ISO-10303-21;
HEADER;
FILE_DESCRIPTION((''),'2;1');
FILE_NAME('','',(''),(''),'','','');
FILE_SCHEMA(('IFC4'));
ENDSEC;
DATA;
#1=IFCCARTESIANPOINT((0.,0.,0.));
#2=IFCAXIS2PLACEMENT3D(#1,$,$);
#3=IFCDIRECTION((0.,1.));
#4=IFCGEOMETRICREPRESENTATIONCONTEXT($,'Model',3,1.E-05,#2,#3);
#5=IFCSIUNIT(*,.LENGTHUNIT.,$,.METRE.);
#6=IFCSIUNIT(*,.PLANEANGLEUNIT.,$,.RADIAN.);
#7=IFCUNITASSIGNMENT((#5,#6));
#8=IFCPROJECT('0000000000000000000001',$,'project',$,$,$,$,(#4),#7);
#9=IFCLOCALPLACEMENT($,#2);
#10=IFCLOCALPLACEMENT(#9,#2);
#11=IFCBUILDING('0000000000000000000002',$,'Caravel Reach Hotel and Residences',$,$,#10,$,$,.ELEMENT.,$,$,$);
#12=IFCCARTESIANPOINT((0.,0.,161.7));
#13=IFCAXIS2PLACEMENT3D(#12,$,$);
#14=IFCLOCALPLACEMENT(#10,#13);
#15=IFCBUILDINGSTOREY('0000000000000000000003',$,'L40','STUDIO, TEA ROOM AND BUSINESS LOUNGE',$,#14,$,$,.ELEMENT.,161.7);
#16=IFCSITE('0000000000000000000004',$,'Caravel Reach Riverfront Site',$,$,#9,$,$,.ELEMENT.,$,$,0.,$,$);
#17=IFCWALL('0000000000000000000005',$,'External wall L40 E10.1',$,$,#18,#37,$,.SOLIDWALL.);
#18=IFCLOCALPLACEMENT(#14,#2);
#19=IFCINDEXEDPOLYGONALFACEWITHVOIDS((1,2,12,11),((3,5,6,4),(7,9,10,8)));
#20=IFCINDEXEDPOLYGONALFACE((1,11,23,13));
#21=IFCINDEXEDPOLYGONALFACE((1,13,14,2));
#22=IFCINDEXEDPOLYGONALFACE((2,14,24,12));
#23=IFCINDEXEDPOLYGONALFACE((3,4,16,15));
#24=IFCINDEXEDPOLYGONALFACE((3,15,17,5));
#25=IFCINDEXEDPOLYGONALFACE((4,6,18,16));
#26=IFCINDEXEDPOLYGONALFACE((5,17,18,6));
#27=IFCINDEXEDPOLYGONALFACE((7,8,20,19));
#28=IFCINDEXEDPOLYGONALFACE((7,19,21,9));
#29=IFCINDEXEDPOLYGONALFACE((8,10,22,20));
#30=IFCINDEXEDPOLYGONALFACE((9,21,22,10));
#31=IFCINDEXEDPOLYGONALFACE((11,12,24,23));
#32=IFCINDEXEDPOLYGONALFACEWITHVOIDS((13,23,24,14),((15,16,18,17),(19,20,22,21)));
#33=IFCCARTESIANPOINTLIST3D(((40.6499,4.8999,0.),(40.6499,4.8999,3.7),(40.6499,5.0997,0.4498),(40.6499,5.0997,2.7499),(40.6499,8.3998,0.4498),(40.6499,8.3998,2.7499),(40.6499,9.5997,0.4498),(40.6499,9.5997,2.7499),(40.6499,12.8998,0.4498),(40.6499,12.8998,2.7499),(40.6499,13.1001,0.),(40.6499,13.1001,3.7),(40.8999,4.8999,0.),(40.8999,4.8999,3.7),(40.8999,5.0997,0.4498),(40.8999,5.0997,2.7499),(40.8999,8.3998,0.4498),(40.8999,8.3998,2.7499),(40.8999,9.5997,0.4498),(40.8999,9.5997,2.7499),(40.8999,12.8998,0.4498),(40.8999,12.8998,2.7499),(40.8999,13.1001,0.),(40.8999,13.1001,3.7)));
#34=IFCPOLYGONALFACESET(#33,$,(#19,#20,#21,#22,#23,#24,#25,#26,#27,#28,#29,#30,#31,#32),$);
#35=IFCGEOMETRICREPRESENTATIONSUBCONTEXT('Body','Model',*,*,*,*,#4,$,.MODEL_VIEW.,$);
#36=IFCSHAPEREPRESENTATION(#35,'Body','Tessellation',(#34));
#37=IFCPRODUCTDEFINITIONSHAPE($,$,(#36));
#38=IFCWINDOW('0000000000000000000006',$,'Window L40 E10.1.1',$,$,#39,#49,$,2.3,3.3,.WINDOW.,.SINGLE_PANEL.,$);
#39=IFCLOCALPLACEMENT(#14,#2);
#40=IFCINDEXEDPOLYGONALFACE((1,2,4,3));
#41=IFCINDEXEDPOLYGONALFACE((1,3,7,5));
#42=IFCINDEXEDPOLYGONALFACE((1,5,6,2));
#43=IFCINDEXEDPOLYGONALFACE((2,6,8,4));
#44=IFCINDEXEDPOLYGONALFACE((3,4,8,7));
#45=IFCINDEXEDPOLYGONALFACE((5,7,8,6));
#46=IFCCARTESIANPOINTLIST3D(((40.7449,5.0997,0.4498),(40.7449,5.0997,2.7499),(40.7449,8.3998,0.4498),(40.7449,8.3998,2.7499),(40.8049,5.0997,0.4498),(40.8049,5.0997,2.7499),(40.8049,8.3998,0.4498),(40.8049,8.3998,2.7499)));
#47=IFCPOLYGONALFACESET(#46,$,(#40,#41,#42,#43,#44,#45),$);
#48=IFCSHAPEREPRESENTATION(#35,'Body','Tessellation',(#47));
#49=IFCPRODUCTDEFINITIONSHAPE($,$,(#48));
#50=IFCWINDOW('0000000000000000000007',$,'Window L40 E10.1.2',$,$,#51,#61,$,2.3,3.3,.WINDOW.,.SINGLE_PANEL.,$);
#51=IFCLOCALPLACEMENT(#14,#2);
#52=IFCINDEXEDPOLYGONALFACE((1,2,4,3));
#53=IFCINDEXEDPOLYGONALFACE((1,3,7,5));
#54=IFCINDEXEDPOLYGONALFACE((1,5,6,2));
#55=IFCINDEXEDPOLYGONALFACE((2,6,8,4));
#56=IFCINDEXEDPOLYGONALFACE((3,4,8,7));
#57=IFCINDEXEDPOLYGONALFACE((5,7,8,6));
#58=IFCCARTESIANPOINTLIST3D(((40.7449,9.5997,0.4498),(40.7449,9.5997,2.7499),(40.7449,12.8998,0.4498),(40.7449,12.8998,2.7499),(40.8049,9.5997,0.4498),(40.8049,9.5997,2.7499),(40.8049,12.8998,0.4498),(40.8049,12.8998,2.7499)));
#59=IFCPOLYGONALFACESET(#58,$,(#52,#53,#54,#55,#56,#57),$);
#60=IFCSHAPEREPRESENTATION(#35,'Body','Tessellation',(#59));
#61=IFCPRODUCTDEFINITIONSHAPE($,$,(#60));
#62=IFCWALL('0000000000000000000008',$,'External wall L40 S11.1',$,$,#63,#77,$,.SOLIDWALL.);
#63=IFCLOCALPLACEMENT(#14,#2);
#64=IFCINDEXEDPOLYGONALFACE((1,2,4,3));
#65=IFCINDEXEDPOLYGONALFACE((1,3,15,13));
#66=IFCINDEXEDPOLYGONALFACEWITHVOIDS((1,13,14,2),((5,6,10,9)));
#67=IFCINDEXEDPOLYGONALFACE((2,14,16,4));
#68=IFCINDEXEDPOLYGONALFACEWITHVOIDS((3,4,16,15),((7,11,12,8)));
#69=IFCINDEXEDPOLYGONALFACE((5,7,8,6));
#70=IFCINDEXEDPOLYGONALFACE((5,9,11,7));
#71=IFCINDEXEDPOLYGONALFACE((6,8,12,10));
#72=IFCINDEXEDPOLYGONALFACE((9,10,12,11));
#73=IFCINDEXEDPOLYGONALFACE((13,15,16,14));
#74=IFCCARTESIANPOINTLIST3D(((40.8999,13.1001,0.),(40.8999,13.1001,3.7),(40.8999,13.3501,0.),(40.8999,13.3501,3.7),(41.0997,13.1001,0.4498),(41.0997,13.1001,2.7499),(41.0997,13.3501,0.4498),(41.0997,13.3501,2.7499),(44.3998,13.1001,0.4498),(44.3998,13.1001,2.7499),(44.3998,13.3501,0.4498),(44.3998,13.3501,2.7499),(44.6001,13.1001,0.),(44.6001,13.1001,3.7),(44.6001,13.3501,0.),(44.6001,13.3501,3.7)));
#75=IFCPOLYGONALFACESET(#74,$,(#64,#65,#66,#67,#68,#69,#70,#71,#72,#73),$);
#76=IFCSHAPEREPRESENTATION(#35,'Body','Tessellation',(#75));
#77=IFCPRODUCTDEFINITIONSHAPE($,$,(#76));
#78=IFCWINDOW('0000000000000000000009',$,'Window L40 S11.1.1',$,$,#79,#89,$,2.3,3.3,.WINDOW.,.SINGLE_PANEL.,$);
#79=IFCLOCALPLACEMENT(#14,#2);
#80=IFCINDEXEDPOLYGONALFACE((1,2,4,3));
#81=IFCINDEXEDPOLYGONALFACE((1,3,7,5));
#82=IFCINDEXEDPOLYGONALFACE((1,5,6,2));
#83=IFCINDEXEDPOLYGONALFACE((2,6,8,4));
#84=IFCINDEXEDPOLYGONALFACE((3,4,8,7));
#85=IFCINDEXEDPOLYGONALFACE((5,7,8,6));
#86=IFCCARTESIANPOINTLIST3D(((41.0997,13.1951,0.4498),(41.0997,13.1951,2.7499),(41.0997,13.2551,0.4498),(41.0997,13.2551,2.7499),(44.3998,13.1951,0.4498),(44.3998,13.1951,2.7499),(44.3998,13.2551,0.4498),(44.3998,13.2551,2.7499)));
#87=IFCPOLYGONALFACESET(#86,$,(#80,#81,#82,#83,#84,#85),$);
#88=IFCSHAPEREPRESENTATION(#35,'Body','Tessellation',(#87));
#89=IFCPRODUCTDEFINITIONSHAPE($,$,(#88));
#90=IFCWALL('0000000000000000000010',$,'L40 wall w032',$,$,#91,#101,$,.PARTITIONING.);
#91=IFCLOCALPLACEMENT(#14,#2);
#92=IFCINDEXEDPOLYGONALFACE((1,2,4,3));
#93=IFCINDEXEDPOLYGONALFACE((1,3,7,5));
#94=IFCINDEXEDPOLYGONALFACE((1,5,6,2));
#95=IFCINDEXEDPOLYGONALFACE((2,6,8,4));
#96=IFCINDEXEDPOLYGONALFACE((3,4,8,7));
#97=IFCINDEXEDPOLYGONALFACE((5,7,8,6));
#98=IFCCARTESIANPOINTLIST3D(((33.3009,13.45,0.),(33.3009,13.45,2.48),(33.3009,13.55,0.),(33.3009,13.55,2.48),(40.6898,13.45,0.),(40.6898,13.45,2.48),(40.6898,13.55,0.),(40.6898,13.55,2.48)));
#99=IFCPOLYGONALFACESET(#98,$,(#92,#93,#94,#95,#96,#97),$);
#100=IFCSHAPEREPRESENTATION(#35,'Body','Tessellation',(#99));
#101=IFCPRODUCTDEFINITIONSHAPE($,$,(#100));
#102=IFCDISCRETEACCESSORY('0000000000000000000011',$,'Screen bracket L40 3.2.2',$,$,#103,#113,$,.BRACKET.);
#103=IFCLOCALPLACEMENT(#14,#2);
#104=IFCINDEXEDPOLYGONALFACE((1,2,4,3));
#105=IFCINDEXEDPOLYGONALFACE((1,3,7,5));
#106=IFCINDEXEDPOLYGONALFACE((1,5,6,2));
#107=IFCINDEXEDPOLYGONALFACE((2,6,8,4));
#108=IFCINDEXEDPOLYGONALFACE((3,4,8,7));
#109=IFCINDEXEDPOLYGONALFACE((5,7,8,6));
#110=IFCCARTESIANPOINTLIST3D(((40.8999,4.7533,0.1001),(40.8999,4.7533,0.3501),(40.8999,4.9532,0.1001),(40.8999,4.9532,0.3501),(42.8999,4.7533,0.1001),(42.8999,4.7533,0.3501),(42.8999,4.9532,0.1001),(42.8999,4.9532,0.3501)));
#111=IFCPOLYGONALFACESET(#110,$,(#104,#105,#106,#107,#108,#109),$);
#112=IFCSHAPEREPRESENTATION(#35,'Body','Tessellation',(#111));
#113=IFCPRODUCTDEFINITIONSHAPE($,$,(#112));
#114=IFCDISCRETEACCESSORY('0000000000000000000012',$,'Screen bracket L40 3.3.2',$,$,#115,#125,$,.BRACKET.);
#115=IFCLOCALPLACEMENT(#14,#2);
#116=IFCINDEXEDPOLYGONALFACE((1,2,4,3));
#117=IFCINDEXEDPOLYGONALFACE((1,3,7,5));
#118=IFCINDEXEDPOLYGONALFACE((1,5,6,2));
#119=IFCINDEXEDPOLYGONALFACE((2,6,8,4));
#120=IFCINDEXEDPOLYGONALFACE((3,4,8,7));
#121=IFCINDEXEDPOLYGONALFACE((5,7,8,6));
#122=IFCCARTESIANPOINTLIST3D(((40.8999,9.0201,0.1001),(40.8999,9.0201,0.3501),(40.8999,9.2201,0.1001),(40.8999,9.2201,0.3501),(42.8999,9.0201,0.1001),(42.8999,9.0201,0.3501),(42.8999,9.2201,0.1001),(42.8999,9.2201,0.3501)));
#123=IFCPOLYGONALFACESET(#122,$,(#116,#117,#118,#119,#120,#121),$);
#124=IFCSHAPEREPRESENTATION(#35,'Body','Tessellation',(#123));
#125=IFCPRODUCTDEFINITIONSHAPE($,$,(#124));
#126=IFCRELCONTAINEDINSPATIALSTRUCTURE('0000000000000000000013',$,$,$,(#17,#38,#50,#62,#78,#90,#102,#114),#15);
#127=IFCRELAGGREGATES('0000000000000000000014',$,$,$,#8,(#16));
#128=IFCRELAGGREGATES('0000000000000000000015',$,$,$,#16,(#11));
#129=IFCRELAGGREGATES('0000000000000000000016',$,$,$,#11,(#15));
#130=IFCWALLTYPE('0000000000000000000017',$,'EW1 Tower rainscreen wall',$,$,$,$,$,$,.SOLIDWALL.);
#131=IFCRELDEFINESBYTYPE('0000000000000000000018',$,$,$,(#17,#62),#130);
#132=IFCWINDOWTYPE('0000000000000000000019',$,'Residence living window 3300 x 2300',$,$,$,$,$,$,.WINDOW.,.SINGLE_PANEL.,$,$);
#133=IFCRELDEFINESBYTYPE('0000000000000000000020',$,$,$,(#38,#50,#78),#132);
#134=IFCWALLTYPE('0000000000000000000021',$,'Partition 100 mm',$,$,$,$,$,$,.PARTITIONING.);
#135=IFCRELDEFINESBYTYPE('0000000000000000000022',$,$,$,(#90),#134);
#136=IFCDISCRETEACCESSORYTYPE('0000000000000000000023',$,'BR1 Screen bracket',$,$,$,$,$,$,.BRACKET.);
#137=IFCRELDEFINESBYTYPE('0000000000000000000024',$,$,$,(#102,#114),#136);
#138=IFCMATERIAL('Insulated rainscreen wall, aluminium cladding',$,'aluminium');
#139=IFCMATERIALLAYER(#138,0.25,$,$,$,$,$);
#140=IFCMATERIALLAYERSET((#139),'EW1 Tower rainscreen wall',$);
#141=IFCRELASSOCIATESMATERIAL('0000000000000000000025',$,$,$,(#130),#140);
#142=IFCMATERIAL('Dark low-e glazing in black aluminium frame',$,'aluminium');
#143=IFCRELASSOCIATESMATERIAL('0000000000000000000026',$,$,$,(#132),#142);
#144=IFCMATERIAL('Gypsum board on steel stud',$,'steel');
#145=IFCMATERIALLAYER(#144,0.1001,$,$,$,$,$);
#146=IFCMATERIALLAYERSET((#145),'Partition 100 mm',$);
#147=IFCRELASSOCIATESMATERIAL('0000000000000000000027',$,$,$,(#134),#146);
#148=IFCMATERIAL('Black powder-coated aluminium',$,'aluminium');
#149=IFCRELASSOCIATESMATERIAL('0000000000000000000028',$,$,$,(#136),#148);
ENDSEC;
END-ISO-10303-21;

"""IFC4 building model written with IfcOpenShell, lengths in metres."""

from ifc_helpers import new_model, si_unit, direction, frame, frame_2d, origin, origin_2d, place, context, subcontext, project, spatial, rectangle, extrude, material, layer, layer_set, type_object, element, fill, save


model = new_model("IFC4")

# Units and contexts
model_context = context("Model", 3, precision=1e-05, world=origin(), true_north=direction((0.0, 1.0)))
body_context = subcontext(model_context, "Body", "Model", "MODEL_VIEW")
ifc_project = project(units=[si_unit("LENGTHUNIT", "METRE"), si_unit("PLANEANGLEUNIT", "RADIAN")], contexts=[model_context])

# Site, building, storey
site_placement = place(None, origin())
site = spatial("IfcSite", under=ifc_project, at=site_placement, Name="Caravel Reach Riverfront Site", CompositionType="ELEMENT", RefElevation=0.0)
building_placement = place(site_placement, origin())
building = spatial("IfcBuilding", under=site, at=building_placement, Name="Caravel Reach Hotel and Residences", CompositionType="ELEMENT")
storey_placement = place(building_placement, frame((0.0, 0.0, 161.7)))
storey = spatial("IfcBuildingStorey", under=building, at=storey_placement, Name="L40", Description="STUDIO, TEA ROOM AND BUSINESS LOUNGE", CompositionType="ELEMENT", Elevation=161.7)

# Wall, openings, windows
ifc_material_1 = material(Name="Insulated rainscreen wall, aluminium cladding", Category="aluminium")
ifc_layer_1 = layer(ifc_material_1, 0.25)
ifc_layer_set_1 = layer_set([ifc_layer_1], Name="EW1 Tower rainscreen wall")
wall_type_1 = type_object("IfcWallType", Name="EW1 Tower rainscreen wall", PredefinedType="SOLIDWALL", material=ifc_layer_set_1)
wall_1_placement = place(storey_placement, frame((40.7749, 4.8999, 0.0), z_axis=(0.0, 0.0, 1.0), x_axis=(0.0, 1.0, 0.0)))
wall_1 = element("IfcWall", 1, at=wall_1_placement, inside=storey, type_object=wall_type_1, Name="External wall L40 E10.1", PredefinedType="SOLIDWALL", context=body_context, shape_type="SweptSolid", body=[
    extrude(rectangle(XDim=8.2002, YDim=0.25, at=frame_2d((4.1001, 0.0))), origin(), (0.0, 0.0, 1.0), 3.7),
])
opening_1_placement = place(wall_1_placement, frame((0.2, 0.0, 0.45)))
opening_1 = element("IfcOpeningElement", 2, at=opening_1_placement, cuts=wall_1, PredefinedType="OPENING", context=body_context, shape_type="SweptSolid", body=[
    extrude(rectangle(XDim=3.3, YDim=2.3, at=frame_2d((1.6499, 1.1499))), frame((0.0, 0.135, 0.0), z_axis=(0.0, -1.0, 0.0), x_axis=(1.0, 0.0, 0.0)), (0.0, 0.0, 1.0), 0.27),
])
opening_2_placement = place(wall_1_placement, frame((4.7, 0.0, 0.45)))
opening_2 = element("IfcOpeningElement", 3, at=opening_2_placement, cuts=wall_1, PredefinedType="OPENING", context=body_context, shape_type="SweptSolid", body=[
    extrude(rectangle(XDim=3.3, YDim=2.3, at=frame_2d((1.6499, 1.1499))), frame((0.0, 0.135, 0.0), z_axis=(0.0, -1.0, 0.0), x_axis=(1.0, 0.0, 0.0)), (0.0, 0.0, 1.0), 0.27),
])
ifc_material_2 = material(Name="Dark low-e glazing in black aluminium frame", Category="aluminium")
window_type = type_object("IfcWindowType", Name="Residence living window 3300 x 2300", PartitioningType="SINGLE_PANEL", PredefinedType="WINDOW", material=ifc_material_2)
window_1_placement = place(opening_1_placement, origin())
window_1 = element("IfcWindow", 4, at=window_1_placement, inside=storey, type_object=window_type, Name="Window L40 E10.1.1", OverallHeight=2.3, OverallWidth=3.3, PartitioningType="SINGLE_PANEL", PredefinedType="WINDOW", context=body_context, shape_type="SweptSolid", body=[
    extrude(rectangle(XDim=3.3, YDim=2.3, at=frame_2d((1.6499, 1.1499))), frame((0.0, 0.03, 0.0), z_axis=(0.0, -1.0, 0.0), x_axis=(1.0, 0.0, 0.0)), (0.0, 0.0, 1.0), 0.0601),
])
fill(opening_1, window_1)
window_2_placement = place(opening_2_placement, origin())
window_2 = element("IfcWindow", 5, at=window_2_placement, inside=storey, type_object=window_type, Name="Window L40 E10.1.2", OverallHeight=2.3, OverallWidth=3.3, PartitioningType="SINGLE_PANEL", PredefinedType="WINDOW", context=body_context, shape_type="SweptSolid", body=[
    extrude(rectangle(XDim=3.3, YDim=2.3, at=frame_2d((1.6499, 1.1499))), frame((0.0, 0.03, 0.0), z_axis=(0.0, -1.0, 0.0), x_axis=(1.0, 0.0, 0.0)), (0.0, 0.0, 1.0), 0.0601),
])
fill(opening_2, window_2)

# Wall, opening, window
wall_2_placement = place(storey_placement, frame((40.8999, 13.2251, 0.0), z_axis=(0.0, 0.0, 1.0), x_axis=(1.0, 0.0, 0.0)))
wall_2 = element("IfcWall", 6, at=wall_2_placement, inside=storey, type_object=wall_type_1, Name="External wall L40 S11.1", PredefinedType="SOLIDWALL", context=body_context, shape_type="SweptSolid", body=[
    extrude(rectangle(XDim=3.7002, YDim=0.25, at=frame_2d((1.8501, 0.0))), origin(), (0.0, 0.0, 1.0), 3.7),
])
opening_3_placement = place(wall_2_placement, frame((0.2, 0.0, 0.45)))
opening_3 = element("IfcOpeningElement", 7, at=opening_3_placement, cuts=wall_2, PredefinedType="OPENING", context=body_context, shape_type="SweptSolid", body=[
    extrude(rectangle(XDim=3.3, YDim=2.3, at=frame_2d((1.6499, 1.1499))), frame((0.0, 0.135, 0.0), z_axis=(0.0, -1.0, 0.0), x_axis=(1.0, 0.0, 0.0)), (0.0, 0.0, 1.0), 0.27),
])
window_3_placement = place(opening_3_placement, origin())
window_3 = element("IfcWindow", 8, at=window_3_placement, inside=storey, type_object=window_type, Name="Window L40 S11.1.1", OverallHeight=2.3, OverallWidth=3.3, PartitioningType="SINGLE_PANEL", PredefinedType="WINDOW", context=body_context, shape_type="SweptSolid", body=[
    extrude(rectangle(XDim=3.3, YDim=2.3, at=frame_2d((1.6499, 1.1499))), frame((0.0, 0.03, 0.0), z_axis=(0.0, -1.0, 0.0), x_axis=(1.0, 0.0, 0.0)), (0.0, 0.0, 1.0), 0.0601),
])
fill(opening_3, window_3)

# Wall
ifc_material_3 = material(Name="Gypsum board on steel stud", Category="steel")
ifc_layer_2 = layer(ifc_material_3, 0.1001)
ifc_layer_set_2 = layer_set([ifc_layer_2], Name="Partition 100 mm")
wall_type_2 = type_object("IfcWallType", Name="Partition 100 mm", PredefinedType="PARTITIONING", material=ifc_layer_set_2)
wall_3_placement = place(storey_placement, frame((33.301, 13.5, 0.0), z_axis=(0.0, 0.0, 1.0), x_axis=(1.0, 0.0, 0.0)))
element("IfcWall", 9, at=wall_3_placement, inside=storey, type_object=wall_type_2, Name="L40 wall w032", PredefinedType="PARTITIONING", context=body_context, shape_type="SweptSolid", body=[
    extrude(rectangle(XDim=7.3889, YDim=0.1001, at=frame_2d((3.6943, 0.0))), origin(), (0.0, 0.0, 1.0), 2.48),
])

# Discrete accessories
ifc_material_4 = material(Name="Black powder-coated aluminium", Category="aluminium")
discrete_accessory_type = type_object("IfcDiscreteAccessoryType", Name="BR1 Screen bracket", PredefinedType="BRACKET", material=ifc_material_4)
for number, where, z_axis, x_axis, name in (
    (10, (41.8999, 4.8533, 0.1001), (0.0, 0.0, 1.0), (1.0, 0.0, 0.0), "Screen bracket L40 3.2.2"),
    (11, (41.8999, 9.1201, 0.1001), (0.0, 0.0, 1.0), (1.0, 0.0, 0.0), "Screen bracket L40 3.3.2"),
):
    element("IfcDiscreteAccessory", number, at=place(storey_placement, frame(where, z_axis=z_axis, x_axis=x_axis)), inside=storey, type_object=discrete_accessory_type, Name=name, PredefinedType="BRACKET", context=body_context, shape_type="SweptSolid", body=[
        extrude(rectangle(XDim=2.0, YDim=0.2, at=origin_2d()), origin(), (0.0, 0.0, 1.0), 0.25),
    ])

save(model, "model.ifc")
